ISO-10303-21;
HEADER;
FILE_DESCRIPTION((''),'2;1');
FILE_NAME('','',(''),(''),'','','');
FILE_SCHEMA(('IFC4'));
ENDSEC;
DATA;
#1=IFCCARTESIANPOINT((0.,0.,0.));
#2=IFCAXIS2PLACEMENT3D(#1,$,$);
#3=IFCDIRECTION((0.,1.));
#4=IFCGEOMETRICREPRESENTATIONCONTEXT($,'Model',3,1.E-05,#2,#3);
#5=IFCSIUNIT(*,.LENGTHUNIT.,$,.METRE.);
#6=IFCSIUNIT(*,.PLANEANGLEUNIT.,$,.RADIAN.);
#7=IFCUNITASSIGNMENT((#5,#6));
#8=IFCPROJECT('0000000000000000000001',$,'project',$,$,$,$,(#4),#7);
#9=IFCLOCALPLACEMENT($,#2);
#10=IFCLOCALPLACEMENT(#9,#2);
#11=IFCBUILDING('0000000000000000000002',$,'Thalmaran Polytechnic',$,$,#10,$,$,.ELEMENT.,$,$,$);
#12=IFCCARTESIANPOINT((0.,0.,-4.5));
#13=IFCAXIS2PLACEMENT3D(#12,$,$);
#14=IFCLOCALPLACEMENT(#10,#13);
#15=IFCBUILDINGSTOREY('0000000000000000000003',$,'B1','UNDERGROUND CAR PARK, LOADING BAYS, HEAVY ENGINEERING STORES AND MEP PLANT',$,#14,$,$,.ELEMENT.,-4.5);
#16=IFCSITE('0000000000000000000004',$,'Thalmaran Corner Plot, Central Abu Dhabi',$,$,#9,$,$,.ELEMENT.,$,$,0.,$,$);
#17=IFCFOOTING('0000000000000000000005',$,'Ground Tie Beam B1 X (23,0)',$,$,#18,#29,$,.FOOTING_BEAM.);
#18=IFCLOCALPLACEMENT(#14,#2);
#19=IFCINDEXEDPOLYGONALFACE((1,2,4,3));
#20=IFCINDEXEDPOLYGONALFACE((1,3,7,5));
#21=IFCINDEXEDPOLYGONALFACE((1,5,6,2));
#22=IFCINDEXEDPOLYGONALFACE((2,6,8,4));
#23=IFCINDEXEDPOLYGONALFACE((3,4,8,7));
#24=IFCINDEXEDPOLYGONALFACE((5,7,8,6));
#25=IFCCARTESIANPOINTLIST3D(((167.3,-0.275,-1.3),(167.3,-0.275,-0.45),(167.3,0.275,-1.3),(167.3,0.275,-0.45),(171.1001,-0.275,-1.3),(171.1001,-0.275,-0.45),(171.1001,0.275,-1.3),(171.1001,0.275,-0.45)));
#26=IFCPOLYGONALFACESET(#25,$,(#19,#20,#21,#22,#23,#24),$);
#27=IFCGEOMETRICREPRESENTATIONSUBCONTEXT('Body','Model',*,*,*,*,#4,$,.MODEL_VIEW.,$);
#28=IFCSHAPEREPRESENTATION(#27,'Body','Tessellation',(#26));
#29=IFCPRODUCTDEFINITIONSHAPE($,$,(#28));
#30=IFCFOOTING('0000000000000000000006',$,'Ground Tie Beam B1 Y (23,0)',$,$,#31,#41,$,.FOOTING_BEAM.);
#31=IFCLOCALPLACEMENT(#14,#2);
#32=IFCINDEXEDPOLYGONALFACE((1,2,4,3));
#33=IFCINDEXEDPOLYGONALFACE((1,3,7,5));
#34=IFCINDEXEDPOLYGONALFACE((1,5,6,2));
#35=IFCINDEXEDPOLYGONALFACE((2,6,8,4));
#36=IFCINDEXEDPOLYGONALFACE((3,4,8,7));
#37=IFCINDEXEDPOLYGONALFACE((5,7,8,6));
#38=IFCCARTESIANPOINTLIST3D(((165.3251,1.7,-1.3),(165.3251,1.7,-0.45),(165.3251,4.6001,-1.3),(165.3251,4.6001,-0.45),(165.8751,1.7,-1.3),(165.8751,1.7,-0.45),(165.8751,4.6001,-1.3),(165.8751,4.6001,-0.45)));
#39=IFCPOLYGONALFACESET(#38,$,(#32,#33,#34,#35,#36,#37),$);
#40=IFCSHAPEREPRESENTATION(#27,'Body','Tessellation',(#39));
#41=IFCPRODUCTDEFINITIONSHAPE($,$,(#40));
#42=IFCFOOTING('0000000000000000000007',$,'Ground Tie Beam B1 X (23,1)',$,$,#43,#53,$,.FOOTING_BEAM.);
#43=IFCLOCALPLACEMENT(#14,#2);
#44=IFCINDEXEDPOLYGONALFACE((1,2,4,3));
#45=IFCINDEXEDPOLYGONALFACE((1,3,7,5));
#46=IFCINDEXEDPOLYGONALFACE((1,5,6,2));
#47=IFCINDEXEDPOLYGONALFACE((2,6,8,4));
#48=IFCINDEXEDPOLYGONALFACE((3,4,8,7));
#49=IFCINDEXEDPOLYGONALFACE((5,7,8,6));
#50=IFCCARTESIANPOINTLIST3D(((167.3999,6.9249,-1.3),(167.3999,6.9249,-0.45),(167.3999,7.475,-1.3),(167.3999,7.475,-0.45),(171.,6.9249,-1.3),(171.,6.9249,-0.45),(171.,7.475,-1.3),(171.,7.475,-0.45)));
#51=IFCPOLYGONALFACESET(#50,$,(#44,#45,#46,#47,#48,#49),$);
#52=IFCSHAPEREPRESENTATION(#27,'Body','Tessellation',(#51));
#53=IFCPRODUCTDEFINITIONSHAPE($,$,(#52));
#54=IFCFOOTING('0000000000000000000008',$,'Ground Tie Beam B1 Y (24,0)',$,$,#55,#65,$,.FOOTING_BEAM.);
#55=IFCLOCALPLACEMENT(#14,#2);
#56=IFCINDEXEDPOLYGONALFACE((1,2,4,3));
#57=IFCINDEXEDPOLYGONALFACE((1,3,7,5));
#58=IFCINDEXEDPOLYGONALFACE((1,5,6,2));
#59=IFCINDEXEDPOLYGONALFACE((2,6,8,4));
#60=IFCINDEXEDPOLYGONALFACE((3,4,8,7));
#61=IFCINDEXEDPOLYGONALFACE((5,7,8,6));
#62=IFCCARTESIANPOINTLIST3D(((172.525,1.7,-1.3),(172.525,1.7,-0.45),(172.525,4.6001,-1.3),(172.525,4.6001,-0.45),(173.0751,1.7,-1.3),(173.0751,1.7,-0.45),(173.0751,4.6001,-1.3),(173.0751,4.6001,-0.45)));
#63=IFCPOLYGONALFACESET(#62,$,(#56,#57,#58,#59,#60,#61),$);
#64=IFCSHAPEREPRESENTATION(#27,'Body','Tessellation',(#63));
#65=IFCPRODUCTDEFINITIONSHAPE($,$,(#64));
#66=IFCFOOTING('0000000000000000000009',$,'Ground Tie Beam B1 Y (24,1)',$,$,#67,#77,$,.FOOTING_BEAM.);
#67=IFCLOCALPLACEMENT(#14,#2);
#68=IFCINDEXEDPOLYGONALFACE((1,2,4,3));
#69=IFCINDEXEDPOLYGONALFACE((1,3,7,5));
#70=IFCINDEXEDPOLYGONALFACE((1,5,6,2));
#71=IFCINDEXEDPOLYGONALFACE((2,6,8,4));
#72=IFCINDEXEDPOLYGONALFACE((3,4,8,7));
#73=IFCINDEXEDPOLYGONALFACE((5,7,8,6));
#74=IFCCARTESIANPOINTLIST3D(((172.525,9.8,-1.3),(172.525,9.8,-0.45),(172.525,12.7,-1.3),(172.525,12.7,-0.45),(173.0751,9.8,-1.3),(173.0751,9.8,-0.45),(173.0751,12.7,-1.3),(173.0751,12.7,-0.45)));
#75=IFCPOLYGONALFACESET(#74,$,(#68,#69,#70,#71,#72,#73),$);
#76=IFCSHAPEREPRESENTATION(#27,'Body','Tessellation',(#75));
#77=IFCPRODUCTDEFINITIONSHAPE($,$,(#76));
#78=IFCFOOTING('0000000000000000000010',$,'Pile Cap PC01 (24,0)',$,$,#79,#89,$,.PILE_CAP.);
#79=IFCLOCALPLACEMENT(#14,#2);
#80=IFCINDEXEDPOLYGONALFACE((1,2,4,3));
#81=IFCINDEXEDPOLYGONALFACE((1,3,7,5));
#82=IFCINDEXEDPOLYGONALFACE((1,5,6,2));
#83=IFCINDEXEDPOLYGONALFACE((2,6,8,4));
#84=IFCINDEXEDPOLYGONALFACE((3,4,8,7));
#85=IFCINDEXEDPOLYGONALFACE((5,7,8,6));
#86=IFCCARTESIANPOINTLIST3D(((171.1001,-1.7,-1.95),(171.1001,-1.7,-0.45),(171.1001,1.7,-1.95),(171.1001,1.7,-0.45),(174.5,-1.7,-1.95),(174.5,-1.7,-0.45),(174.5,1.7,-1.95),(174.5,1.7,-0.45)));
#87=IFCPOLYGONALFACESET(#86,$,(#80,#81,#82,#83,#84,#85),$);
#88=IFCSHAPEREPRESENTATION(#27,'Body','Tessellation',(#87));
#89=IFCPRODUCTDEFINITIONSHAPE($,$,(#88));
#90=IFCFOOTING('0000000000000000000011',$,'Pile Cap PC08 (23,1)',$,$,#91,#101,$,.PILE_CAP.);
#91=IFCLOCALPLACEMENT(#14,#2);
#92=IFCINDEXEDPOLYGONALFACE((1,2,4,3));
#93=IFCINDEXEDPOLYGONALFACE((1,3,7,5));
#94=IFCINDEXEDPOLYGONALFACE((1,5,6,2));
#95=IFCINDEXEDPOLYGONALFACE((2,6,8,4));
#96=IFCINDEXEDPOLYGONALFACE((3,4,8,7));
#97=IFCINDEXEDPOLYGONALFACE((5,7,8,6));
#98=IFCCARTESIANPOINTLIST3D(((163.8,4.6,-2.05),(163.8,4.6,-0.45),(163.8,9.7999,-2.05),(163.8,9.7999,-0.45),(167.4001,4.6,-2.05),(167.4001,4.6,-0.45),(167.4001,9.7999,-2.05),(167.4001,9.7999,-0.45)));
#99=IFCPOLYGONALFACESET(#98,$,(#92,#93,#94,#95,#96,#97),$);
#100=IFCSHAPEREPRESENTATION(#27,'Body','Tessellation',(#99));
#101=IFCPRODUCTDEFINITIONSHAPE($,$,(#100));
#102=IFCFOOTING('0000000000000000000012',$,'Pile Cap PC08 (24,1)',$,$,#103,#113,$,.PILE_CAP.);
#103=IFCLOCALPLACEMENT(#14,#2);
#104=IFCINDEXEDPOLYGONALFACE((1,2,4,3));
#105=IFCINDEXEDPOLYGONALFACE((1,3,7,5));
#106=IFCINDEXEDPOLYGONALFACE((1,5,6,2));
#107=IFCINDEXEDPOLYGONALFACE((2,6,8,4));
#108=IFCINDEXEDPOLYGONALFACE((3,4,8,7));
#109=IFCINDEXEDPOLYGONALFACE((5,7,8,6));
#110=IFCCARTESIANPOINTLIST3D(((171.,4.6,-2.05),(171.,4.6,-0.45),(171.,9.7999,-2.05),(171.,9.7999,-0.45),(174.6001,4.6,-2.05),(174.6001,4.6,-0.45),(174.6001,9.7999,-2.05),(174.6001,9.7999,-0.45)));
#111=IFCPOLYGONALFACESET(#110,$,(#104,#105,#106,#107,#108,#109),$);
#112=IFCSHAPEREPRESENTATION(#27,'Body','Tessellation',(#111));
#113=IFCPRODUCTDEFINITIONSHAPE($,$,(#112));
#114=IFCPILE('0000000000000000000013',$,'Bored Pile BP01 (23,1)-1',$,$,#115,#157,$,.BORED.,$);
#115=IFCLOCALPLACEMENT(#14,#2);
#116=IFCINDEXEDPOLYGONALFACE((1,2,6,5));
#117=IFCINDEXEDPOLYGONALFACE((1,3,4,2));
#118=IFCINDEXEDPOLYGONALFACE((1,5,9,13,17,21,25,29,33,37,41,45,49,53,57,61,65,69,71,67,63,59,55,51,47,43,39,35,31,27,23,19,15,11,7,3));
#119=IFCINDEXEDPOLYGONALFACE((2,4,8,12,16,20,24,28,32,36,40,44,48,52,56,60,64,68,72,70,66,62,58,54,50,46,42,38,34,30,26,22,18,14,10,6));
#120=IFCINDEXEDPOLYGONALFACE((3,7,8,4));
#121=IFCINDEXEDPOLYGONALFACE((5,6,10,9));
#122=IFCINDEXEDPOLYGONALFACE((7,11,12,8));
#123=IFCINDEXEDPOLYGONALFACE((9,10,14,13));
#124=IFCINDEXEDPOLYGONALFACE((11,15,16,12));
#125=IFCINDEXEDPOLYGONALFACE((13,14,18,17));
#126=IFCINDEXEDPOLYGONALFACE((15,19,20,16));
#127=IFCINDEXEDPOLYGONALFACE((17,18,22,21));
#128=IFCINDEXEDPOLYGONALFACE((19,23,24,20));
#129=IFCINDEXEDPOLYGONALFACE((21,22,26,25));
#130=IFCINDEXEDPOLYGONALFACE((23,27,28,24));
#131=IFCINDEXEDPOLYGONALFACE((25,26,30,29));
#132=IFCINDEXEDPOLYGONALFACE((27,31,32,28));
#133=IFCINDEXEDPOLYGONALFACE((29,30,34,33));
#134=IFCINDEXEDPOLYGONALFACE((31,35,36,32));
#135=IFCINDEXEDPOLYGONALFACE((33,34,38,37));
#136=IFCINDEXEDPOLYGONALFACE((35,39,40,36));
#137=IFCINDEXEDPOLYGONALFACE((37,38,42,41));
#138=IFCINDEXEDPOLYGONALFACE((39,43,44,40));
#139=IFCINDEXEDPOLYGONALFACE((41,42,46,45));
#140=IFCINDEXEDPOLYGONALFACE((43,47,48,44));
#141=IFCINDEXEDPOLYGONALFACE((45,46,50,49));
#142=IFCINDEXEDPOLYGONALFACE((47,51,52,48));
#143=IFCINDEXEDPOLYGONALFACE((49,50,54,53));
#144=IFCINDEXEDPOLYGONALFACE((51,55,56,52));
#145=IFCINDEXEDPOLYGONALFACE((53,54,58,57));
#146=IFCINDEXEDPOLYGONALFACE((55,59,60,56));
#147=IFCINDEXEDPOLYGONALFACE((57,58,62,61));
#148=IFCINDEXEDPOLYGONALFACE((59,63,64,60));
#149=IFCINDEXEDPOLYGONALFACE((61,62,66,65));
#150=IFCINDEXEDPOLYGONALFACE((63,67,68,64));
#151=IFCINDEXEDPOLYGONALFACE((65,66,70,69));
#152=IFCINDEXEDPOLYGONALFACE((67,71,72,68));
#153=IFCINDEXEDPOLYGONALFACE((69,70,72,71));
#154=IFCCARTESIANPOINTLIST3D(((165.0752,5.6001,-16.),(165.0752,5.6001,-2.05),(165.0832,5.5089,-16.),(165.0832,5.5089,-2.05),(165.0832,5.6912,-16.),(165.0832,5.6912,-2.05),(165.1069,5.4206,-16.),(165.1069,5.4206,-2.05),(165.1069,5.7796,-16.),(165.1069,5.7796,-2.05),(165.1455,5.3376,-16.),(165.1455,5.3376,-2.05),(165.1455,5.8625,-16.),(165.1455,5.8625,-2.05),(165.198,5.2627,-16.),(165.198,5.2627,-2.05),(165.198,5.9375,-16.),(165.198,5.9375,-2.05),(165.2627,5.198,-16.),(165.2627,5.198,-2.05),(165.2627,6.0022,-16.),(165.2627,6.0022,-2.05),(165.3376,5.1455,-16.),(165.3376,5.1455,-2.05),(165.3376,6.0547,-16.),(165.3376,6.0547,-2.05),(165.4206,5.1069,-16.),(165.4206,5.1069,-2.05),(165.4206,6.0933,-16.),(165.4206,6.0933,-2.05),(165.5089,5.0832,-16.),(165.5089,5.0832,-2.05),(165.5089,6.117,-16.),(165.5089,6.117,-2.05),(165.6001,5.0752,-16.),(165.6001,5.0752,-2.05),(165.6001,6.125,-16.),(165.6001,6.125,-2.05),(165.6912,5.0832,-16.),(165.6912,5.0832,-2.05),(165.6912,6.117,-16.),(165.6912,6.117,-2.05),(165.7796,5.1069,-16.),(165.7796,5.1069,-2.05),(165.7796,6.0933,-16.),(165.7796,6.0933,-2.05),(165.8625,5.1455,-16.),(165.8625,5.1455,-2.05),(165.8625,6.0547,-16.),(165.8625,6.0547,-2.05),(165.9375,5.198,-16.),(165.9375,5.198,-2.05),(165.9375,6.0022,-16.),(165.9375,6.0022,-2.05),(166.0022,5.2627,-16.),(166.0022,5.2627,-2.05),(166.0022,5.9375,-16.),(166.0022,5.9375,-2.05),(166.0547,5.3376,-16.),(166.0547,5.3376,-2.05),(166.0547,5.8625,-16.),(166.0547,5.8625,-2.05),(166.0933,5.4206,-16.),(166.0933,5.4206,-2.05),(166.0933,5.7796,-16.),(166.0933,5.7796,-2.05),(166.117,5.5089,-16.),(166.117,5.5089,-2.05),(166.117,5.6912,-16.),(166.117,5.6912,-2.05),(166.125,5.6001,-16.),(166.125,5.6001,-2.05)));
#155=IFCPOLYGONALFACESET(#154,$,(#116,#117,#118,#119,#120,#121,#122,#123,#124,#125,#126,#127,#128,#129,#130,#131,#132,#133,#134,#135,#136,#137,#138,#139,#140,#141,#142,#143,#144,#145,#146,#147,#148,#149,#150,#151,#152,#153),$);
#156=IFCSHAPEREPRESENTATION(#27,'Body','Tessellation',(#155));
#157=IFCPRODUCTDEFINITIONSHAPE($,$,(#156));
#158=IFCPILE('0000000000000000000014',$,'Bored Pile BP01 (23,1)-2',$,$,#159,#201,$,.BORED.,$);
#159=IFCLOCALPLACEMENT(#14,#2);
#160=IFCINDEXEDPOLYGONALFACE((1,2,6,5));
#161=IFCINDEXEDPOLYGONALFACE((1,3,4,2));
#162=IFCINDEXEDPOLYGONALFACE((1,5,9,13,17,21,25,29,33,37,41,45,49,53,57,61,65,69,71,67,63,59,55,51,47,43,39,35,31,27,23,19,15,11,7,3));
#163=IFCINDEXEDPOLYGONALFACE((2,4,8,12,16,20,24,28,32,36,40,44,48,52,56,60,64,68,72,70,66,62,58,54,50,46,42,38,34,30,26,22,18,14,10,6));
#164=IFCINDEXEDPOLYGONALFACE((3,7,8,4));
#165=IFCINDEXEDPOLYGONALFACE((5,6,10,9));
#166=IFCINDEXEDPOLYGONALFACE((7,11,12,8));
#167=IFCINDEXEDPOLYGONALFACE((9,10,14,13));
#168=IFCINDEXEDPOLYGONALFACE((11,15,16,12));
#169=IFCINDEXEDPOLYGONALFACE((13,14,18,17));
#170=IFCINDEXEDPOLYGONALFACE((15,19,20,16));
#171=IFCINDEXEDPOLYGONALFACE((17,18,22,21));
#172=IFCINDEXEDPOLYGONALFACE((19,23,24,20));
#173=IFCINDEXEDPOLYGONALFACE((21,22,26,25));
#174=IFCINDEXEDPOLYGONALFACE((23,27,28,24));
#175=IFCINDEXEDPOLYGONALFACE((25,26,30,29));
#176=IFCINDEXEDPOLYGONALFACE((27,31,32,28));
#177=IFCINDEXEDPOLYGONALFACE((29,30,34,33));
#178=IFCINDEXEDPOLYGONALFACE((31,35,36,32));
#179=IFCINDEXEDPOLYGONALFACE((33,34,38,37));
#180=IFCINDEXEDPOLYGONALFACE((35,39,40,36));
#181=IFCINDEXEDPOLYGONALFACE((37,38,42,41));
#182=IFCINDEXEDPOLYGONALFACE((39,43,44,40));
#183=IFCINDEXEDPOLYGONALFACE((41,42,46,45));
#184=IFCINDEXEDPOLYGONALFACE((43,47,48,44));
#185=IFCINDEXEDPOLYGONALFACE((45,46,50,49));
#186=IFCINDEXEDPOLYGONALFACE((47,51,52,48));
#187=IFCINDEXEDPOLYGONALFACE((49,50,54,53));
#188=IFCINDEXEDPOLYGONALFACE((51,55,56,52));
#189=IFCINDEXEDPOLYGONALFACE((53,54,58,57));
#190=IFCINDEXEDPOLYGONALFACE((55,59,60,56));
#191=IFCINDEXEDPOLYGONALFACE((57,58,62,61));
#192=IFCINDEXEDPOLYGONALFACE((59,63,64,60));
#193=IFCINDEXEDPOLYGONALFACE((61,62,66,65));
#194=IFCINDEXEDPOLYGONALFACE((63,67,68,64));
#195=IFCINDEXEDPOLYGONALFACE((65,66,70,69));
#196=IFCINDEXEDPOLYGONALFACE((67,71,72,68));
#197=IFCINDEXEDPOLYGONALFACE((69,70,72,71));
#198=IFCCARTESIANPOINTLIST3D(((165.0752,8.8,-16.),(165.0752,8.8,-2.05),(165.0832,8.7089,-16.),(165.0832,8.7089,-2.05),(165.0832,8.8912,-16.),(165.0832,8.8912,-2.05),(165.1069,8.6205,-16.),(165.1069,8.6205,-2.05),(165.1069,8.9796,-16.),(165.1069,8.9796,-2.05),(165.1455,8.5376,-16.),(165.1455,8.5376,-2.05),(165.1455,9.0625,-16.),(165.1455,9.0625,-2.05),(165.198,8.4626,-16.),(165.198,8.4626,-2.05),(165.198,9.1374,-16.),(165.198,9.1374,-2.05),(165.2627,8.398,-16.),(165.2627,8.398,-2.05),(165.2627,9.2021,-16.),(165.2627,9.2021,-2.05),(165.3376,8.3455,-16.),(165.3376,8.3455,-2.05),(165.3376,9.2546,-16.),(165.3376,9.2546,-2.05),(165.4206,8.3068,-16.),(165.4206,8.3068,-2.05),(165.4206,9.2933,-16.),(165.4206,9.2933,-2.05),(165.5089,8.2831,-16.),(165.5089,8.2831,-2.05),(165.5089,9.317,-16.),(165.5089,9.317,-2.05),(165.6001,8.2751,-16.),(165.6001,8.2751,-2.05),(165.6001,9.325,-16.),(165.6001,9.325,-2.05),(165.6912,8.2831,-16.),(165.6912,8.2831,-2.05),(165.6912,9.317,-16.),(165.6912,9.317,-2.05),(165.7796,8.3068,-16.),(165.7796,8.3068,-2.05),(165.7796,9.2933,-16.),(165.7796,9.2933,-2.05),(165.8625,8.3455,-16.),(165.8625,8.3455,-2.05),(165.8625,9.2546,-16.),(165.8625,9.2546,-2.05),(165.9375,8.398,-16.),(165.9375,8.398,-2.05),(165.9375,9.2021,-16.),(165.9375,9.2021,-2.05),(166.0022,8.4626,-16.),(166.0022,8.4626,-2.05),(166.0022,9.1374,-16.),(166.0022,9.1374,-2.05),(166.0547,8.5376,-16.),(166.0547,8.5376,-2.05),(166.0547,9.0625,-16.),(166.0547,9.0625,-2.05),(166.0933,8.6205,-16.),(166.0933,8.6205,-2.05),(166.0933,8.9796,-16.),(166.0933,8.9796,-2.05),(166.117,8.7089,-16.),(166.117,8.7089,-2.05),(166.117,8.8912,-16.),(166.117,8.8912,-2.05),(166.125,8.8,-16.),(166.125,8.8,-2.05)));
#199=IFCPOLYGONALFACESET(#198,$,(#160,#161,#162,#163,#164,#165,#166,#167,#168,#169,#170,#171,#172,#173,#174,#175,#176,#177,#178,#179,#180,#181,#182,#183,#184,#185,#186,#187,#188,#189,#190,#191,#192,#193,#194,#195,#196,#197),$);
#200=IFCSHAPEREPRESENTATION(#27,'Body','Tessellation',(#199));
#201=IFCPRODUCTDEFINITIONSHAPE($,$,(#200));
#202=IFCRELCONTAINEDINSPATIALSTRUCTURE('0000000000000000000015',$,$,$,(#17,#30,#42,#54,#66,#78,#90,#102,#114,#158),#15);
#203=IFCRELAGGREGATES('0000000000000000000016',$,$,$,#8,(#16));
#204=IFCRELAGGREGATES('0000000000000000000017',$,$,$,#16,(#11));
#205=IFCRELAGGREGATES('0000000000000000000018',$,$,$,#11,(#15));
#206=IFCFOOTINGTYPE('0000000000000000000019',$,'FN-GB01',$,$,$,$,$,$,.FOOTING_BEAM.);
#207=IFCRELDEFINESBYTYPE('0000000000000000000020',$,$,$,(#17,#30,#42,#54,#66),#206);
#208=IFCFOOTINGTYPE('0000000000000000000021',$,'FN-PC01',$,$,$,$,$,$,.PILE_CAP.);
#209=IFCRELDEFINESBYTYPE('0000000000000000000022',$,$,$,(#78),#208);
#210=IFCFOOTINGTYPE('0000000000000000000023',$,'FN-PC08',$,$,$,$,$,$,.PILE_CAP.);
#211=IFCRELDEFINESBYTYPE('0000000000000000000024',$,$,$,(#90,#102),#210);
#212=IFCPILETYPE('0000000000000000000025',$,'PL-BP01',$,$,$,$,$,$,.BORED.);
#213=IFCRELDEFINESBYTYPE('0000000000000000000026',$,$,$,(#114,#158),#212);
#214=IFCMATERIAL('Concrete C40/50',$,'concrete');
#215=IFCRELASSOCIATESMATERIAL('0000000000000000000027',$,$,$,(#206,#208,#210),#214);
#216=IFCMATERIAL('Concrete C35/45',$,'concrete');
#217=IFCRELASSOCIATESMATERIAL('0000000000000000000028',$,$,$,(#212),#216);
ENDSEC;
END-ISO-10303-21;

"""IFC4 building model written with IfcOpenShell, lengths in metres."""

from ifc_helpers import new_model, si_unit, direction, frame, origin, origin_2d, place, context, subcontext, project, spatial, rectangle, circle, extrude, material, material_profile, profile_set, type_object, element, save


model = new_model("IFC4")

# Units and contexts
model_context = context("Model", 3, precision=1e-05, world=origin(), true_north=direction((0.0, 1.0)))
body_context = subcontext(model_context, "Body", "Model", "MODEL_VIEW")
ifc_project = project(units=[si_unit("LENGTHUNIT", "METRE"), si_unit("PLANEANGLEUNIT", "RADIAN")], contexts=[model_context])

# Site, building, storey
site_placement = place(None, origin())
site = spatial("IfcSite", under=ifc_project, at=site_placement, Name="Thalmaran Corner Plot, Central Abu Dhabi", CompositionType="ELEMENT", RefElevation=0.0)
building_placement = place(site_placement, origin())
building = spatial("IfcBuilding", under=site, at=building_placement, Name="Thalmaran Polytechnic", CompositionType="ELEMENT")
storey_placement = place(building_placement, frame((0.0, 0.0, -4.5)))
storey = spatial("IfcBuildingStorey", under=building, at=storey_placement, Name="B1", Description="UNDERGROUND CAR PARK, LOADING BAYS, HEAVY ENGINEERING STORES AND MEP PLANT", CompositionType="ELEMENT", Elevation=-4.5)

# Footings
ifc_material_1 = material(Name="Concrete C40/50", Category="concrete")
ifc_material_profile_1 = material_profile(ifc_material_1, rectangle(XDim=0.55, YDim=0.8501, at=origin_2d()), Name="RC 550x850")
ifc_profile_set_1 = profile_set([ifc_material_profile_1], Name="Concrete C40/50")
footing_type_1 = type_object("IfcFootingType", Name="FN-GB01", PredefinedType="FOOTING_BEAM", material=ifc_profile_set_1)
footing_1_placement = place(storey_placement, frame((167.3, 0.0, -0.875), z_axis=(1.0, 0.0, 0.0), x_axis=(0.0, 1.0, 0.0)))
element("IfcFooting", 1, at=footing_1_placement, inside=storey, type_object=footing_type_1, Name="Ground Tie Beam B1 X (23,0)", PredefinedType="FOOTING_BEAM", context=body_context, shape_type="SweptSolid", body=[
    extrude(rectangle(XDim=0.55, YDim=0.8501, at=origin_2d()), origin(), (0.0, 0.0, 1.0), 3.8),
])
footing_2_placement = place(storey_placement, frame((165.6001, 1.7, -0.875), z_axis=(0.0, 1.0, 0.0), x_axis=(-1.0, 0.0, 0.0)))
element("IfcFooting", 2, at=footing_2_placement, inside=storey, type_object=footing_type_1, Name="Ground Tie Beam B1 Y (23,0)", PredefinedType="FOOTING_BEAM", context=body_context, shape_type="SweptSolid", body=[
    extrude(rectangle(XDim=0.55, YDim=0.8501, at=origin_2d()), origin(), (0.0, 0.0, 1.0), 2.9001),
])
footing_3_placement = place(storey_placement, frame((167.3999, 7.2, -0.875), z_axis=(1.0, 0.0, 0.0), x_axis=(0.0, 1.0, 0.0)))
element("IfcFooting", 3, at=footing_3_placement, inside=storey, type_object=footing_type_1, Name="Ground Tie Beam B1 X (23,1)", PredefinedType="FOOTING_BEAM", context=body_context, shape_type="SweptSolid", body=[
    extrude(rectangle(XDim=0.55, YDim=0.8501, at=origin_2d()), origin(), (0.0, 0.0, 1.0), 3.6001),
])
footing_4_placement = place(storey_placement, frame((172.8, 1.7, -0.875), z_axis=(0.0, 1.0, 0.0), x_axis=(-1.0, 0.0, 0.0)))
element("IfcFooting", 4, at=footing_4_placement, inside=storey, type_object=footing_type_1, Name="Ground Tie Beam B1 Y (24,0)", PredefinedType="FOOTING_BEAM", context=body_context, shape_type="SweptSolid", body=[
    extrude(rectangle(XDim=0.55, YDim=0.8501, at=origin_2d()), origin(), (0.0, 0.0, 1.0), 2.9001),
])
footing_5_placement = place(storey_placement, frame((172.8, 9.8, -0.875), z_axis=(0.0, 1.0, 0.0), x_axis=(-1.0, 0.0, 0.0)))
element("IfcFooting", 5, at=footing_5_placement, inside=storey, type_object=footing_type_1, Name="Ground Tie Beam B1 Y (24,1)", PredefinedType="FOOTING_BEAM", context=body_context, shape_type="SweptSolid", body=[
    extrude(rectangle(XDim=0.55, YDim=0.8501, at=origin_2d()), origin(), (0.0, 0.0, 1.0), 2.8999),
])
footing_type_2 = type_object("IfcFootingType", Name="FN-PC01", PredefinedType="PILE_CAP", material=ifc_material_1)
footing_6_placement = place(storey_placement, frame((172.8, 0.0, -1.95), z_axis=(0.0, 0.0, 1.0), x_axis=(1.0, 0.0, 0.0)))
element("IfcFooting", 6, at=footing_6_placement, inside=storey, type_object=footing_type_2, Name="Pile Cap PC01 (24,0)", PredefinedType="PILE_CAP", context=body_context, shape_type="SweptSolid", body=[
    extrude(rectangle(XDim=3.3999, YDim=3.3999, at=origin_2d()), origin(), (0.0, 0.0, 1.0), 1.5),
])
footing_type_3 = type_object("IfcFootingType", Name="FN-PC08", PredefinedType="PILE_CAP", material=ifc_material_1)
for number, where, z_axis, x_axis, name in (
    (7, (165.6001, 7.2, -2.05), (0.0, 0.0, 1.0), (1.0, 0.0, 0.0), "Pile Cap PC08 (23,1)"),
    (8, (172.8, 7.2, -2.05), (0.0, 0.0, 1.0), (1.0, 0.0, 0.0), "Pile Cap PC08 (24,1)"),
):
    element("IfcFooting", number, at=place(storey_placement, frame(where, z_axis=z_axis, x_axis=x_axis)), inside=storey, type_object=footing_type_3, Name=name, PredefinedType="PILE_CAP", context=body_context, shape_type="SweptSolid", body=[
        extrude(rectangle(XDim=3.6001, YDim=5.2, at=origin_2d()), origin(), (0.0, 0.0, 1.0), 1.6001),
    ])

# Piles
ifc_material_2 = material(Name="Concrete C35/45", Category="concrete")
ifc_material_profile_2 = material_profile(ifc_material_2, circle(Radius=0.5249, at=origin_2d()), Name="RC 1050 DIA")
ifc_profile_set_2 = profile_set([ifc_material_profile_2], Name="Concrete C35/45")
pile_type_1 = type_object("IfcPileType", Name="PL-BP01", PredefinedType="BORED", material=ifc_profile_set_2)
for number, where, z_axis, x_axis, name in (
    (9, (165.6001, 5.6001, -2.05), (0.0, 0.0, -1.0), (1.0, 0.0, 0.0), "Bored Pile BP01 (23,1)-1"),
    (10, (165.6001, 8.8, -2.05), (0.0, 0.0, -1.0), (1.0, 0.0, 0.0), "Bored Pile BP01 (23,1)-2"),
):
    element("IfcPile", number, at=place(storey_placement, frame(where, z_axis=z_axis, x_axis=x_axis)), inside=storey, type_object=pile_type_1, Name=name, PredefinedType="BORED", context=body_context, shape_type="SweptSolid", body=[
        extrude(circle(Radius=0.5249, at=origin_2d()), origin(), (0.0, 0.0, 1.0), 13.95),
    ])

save(model, "model.ifc")
